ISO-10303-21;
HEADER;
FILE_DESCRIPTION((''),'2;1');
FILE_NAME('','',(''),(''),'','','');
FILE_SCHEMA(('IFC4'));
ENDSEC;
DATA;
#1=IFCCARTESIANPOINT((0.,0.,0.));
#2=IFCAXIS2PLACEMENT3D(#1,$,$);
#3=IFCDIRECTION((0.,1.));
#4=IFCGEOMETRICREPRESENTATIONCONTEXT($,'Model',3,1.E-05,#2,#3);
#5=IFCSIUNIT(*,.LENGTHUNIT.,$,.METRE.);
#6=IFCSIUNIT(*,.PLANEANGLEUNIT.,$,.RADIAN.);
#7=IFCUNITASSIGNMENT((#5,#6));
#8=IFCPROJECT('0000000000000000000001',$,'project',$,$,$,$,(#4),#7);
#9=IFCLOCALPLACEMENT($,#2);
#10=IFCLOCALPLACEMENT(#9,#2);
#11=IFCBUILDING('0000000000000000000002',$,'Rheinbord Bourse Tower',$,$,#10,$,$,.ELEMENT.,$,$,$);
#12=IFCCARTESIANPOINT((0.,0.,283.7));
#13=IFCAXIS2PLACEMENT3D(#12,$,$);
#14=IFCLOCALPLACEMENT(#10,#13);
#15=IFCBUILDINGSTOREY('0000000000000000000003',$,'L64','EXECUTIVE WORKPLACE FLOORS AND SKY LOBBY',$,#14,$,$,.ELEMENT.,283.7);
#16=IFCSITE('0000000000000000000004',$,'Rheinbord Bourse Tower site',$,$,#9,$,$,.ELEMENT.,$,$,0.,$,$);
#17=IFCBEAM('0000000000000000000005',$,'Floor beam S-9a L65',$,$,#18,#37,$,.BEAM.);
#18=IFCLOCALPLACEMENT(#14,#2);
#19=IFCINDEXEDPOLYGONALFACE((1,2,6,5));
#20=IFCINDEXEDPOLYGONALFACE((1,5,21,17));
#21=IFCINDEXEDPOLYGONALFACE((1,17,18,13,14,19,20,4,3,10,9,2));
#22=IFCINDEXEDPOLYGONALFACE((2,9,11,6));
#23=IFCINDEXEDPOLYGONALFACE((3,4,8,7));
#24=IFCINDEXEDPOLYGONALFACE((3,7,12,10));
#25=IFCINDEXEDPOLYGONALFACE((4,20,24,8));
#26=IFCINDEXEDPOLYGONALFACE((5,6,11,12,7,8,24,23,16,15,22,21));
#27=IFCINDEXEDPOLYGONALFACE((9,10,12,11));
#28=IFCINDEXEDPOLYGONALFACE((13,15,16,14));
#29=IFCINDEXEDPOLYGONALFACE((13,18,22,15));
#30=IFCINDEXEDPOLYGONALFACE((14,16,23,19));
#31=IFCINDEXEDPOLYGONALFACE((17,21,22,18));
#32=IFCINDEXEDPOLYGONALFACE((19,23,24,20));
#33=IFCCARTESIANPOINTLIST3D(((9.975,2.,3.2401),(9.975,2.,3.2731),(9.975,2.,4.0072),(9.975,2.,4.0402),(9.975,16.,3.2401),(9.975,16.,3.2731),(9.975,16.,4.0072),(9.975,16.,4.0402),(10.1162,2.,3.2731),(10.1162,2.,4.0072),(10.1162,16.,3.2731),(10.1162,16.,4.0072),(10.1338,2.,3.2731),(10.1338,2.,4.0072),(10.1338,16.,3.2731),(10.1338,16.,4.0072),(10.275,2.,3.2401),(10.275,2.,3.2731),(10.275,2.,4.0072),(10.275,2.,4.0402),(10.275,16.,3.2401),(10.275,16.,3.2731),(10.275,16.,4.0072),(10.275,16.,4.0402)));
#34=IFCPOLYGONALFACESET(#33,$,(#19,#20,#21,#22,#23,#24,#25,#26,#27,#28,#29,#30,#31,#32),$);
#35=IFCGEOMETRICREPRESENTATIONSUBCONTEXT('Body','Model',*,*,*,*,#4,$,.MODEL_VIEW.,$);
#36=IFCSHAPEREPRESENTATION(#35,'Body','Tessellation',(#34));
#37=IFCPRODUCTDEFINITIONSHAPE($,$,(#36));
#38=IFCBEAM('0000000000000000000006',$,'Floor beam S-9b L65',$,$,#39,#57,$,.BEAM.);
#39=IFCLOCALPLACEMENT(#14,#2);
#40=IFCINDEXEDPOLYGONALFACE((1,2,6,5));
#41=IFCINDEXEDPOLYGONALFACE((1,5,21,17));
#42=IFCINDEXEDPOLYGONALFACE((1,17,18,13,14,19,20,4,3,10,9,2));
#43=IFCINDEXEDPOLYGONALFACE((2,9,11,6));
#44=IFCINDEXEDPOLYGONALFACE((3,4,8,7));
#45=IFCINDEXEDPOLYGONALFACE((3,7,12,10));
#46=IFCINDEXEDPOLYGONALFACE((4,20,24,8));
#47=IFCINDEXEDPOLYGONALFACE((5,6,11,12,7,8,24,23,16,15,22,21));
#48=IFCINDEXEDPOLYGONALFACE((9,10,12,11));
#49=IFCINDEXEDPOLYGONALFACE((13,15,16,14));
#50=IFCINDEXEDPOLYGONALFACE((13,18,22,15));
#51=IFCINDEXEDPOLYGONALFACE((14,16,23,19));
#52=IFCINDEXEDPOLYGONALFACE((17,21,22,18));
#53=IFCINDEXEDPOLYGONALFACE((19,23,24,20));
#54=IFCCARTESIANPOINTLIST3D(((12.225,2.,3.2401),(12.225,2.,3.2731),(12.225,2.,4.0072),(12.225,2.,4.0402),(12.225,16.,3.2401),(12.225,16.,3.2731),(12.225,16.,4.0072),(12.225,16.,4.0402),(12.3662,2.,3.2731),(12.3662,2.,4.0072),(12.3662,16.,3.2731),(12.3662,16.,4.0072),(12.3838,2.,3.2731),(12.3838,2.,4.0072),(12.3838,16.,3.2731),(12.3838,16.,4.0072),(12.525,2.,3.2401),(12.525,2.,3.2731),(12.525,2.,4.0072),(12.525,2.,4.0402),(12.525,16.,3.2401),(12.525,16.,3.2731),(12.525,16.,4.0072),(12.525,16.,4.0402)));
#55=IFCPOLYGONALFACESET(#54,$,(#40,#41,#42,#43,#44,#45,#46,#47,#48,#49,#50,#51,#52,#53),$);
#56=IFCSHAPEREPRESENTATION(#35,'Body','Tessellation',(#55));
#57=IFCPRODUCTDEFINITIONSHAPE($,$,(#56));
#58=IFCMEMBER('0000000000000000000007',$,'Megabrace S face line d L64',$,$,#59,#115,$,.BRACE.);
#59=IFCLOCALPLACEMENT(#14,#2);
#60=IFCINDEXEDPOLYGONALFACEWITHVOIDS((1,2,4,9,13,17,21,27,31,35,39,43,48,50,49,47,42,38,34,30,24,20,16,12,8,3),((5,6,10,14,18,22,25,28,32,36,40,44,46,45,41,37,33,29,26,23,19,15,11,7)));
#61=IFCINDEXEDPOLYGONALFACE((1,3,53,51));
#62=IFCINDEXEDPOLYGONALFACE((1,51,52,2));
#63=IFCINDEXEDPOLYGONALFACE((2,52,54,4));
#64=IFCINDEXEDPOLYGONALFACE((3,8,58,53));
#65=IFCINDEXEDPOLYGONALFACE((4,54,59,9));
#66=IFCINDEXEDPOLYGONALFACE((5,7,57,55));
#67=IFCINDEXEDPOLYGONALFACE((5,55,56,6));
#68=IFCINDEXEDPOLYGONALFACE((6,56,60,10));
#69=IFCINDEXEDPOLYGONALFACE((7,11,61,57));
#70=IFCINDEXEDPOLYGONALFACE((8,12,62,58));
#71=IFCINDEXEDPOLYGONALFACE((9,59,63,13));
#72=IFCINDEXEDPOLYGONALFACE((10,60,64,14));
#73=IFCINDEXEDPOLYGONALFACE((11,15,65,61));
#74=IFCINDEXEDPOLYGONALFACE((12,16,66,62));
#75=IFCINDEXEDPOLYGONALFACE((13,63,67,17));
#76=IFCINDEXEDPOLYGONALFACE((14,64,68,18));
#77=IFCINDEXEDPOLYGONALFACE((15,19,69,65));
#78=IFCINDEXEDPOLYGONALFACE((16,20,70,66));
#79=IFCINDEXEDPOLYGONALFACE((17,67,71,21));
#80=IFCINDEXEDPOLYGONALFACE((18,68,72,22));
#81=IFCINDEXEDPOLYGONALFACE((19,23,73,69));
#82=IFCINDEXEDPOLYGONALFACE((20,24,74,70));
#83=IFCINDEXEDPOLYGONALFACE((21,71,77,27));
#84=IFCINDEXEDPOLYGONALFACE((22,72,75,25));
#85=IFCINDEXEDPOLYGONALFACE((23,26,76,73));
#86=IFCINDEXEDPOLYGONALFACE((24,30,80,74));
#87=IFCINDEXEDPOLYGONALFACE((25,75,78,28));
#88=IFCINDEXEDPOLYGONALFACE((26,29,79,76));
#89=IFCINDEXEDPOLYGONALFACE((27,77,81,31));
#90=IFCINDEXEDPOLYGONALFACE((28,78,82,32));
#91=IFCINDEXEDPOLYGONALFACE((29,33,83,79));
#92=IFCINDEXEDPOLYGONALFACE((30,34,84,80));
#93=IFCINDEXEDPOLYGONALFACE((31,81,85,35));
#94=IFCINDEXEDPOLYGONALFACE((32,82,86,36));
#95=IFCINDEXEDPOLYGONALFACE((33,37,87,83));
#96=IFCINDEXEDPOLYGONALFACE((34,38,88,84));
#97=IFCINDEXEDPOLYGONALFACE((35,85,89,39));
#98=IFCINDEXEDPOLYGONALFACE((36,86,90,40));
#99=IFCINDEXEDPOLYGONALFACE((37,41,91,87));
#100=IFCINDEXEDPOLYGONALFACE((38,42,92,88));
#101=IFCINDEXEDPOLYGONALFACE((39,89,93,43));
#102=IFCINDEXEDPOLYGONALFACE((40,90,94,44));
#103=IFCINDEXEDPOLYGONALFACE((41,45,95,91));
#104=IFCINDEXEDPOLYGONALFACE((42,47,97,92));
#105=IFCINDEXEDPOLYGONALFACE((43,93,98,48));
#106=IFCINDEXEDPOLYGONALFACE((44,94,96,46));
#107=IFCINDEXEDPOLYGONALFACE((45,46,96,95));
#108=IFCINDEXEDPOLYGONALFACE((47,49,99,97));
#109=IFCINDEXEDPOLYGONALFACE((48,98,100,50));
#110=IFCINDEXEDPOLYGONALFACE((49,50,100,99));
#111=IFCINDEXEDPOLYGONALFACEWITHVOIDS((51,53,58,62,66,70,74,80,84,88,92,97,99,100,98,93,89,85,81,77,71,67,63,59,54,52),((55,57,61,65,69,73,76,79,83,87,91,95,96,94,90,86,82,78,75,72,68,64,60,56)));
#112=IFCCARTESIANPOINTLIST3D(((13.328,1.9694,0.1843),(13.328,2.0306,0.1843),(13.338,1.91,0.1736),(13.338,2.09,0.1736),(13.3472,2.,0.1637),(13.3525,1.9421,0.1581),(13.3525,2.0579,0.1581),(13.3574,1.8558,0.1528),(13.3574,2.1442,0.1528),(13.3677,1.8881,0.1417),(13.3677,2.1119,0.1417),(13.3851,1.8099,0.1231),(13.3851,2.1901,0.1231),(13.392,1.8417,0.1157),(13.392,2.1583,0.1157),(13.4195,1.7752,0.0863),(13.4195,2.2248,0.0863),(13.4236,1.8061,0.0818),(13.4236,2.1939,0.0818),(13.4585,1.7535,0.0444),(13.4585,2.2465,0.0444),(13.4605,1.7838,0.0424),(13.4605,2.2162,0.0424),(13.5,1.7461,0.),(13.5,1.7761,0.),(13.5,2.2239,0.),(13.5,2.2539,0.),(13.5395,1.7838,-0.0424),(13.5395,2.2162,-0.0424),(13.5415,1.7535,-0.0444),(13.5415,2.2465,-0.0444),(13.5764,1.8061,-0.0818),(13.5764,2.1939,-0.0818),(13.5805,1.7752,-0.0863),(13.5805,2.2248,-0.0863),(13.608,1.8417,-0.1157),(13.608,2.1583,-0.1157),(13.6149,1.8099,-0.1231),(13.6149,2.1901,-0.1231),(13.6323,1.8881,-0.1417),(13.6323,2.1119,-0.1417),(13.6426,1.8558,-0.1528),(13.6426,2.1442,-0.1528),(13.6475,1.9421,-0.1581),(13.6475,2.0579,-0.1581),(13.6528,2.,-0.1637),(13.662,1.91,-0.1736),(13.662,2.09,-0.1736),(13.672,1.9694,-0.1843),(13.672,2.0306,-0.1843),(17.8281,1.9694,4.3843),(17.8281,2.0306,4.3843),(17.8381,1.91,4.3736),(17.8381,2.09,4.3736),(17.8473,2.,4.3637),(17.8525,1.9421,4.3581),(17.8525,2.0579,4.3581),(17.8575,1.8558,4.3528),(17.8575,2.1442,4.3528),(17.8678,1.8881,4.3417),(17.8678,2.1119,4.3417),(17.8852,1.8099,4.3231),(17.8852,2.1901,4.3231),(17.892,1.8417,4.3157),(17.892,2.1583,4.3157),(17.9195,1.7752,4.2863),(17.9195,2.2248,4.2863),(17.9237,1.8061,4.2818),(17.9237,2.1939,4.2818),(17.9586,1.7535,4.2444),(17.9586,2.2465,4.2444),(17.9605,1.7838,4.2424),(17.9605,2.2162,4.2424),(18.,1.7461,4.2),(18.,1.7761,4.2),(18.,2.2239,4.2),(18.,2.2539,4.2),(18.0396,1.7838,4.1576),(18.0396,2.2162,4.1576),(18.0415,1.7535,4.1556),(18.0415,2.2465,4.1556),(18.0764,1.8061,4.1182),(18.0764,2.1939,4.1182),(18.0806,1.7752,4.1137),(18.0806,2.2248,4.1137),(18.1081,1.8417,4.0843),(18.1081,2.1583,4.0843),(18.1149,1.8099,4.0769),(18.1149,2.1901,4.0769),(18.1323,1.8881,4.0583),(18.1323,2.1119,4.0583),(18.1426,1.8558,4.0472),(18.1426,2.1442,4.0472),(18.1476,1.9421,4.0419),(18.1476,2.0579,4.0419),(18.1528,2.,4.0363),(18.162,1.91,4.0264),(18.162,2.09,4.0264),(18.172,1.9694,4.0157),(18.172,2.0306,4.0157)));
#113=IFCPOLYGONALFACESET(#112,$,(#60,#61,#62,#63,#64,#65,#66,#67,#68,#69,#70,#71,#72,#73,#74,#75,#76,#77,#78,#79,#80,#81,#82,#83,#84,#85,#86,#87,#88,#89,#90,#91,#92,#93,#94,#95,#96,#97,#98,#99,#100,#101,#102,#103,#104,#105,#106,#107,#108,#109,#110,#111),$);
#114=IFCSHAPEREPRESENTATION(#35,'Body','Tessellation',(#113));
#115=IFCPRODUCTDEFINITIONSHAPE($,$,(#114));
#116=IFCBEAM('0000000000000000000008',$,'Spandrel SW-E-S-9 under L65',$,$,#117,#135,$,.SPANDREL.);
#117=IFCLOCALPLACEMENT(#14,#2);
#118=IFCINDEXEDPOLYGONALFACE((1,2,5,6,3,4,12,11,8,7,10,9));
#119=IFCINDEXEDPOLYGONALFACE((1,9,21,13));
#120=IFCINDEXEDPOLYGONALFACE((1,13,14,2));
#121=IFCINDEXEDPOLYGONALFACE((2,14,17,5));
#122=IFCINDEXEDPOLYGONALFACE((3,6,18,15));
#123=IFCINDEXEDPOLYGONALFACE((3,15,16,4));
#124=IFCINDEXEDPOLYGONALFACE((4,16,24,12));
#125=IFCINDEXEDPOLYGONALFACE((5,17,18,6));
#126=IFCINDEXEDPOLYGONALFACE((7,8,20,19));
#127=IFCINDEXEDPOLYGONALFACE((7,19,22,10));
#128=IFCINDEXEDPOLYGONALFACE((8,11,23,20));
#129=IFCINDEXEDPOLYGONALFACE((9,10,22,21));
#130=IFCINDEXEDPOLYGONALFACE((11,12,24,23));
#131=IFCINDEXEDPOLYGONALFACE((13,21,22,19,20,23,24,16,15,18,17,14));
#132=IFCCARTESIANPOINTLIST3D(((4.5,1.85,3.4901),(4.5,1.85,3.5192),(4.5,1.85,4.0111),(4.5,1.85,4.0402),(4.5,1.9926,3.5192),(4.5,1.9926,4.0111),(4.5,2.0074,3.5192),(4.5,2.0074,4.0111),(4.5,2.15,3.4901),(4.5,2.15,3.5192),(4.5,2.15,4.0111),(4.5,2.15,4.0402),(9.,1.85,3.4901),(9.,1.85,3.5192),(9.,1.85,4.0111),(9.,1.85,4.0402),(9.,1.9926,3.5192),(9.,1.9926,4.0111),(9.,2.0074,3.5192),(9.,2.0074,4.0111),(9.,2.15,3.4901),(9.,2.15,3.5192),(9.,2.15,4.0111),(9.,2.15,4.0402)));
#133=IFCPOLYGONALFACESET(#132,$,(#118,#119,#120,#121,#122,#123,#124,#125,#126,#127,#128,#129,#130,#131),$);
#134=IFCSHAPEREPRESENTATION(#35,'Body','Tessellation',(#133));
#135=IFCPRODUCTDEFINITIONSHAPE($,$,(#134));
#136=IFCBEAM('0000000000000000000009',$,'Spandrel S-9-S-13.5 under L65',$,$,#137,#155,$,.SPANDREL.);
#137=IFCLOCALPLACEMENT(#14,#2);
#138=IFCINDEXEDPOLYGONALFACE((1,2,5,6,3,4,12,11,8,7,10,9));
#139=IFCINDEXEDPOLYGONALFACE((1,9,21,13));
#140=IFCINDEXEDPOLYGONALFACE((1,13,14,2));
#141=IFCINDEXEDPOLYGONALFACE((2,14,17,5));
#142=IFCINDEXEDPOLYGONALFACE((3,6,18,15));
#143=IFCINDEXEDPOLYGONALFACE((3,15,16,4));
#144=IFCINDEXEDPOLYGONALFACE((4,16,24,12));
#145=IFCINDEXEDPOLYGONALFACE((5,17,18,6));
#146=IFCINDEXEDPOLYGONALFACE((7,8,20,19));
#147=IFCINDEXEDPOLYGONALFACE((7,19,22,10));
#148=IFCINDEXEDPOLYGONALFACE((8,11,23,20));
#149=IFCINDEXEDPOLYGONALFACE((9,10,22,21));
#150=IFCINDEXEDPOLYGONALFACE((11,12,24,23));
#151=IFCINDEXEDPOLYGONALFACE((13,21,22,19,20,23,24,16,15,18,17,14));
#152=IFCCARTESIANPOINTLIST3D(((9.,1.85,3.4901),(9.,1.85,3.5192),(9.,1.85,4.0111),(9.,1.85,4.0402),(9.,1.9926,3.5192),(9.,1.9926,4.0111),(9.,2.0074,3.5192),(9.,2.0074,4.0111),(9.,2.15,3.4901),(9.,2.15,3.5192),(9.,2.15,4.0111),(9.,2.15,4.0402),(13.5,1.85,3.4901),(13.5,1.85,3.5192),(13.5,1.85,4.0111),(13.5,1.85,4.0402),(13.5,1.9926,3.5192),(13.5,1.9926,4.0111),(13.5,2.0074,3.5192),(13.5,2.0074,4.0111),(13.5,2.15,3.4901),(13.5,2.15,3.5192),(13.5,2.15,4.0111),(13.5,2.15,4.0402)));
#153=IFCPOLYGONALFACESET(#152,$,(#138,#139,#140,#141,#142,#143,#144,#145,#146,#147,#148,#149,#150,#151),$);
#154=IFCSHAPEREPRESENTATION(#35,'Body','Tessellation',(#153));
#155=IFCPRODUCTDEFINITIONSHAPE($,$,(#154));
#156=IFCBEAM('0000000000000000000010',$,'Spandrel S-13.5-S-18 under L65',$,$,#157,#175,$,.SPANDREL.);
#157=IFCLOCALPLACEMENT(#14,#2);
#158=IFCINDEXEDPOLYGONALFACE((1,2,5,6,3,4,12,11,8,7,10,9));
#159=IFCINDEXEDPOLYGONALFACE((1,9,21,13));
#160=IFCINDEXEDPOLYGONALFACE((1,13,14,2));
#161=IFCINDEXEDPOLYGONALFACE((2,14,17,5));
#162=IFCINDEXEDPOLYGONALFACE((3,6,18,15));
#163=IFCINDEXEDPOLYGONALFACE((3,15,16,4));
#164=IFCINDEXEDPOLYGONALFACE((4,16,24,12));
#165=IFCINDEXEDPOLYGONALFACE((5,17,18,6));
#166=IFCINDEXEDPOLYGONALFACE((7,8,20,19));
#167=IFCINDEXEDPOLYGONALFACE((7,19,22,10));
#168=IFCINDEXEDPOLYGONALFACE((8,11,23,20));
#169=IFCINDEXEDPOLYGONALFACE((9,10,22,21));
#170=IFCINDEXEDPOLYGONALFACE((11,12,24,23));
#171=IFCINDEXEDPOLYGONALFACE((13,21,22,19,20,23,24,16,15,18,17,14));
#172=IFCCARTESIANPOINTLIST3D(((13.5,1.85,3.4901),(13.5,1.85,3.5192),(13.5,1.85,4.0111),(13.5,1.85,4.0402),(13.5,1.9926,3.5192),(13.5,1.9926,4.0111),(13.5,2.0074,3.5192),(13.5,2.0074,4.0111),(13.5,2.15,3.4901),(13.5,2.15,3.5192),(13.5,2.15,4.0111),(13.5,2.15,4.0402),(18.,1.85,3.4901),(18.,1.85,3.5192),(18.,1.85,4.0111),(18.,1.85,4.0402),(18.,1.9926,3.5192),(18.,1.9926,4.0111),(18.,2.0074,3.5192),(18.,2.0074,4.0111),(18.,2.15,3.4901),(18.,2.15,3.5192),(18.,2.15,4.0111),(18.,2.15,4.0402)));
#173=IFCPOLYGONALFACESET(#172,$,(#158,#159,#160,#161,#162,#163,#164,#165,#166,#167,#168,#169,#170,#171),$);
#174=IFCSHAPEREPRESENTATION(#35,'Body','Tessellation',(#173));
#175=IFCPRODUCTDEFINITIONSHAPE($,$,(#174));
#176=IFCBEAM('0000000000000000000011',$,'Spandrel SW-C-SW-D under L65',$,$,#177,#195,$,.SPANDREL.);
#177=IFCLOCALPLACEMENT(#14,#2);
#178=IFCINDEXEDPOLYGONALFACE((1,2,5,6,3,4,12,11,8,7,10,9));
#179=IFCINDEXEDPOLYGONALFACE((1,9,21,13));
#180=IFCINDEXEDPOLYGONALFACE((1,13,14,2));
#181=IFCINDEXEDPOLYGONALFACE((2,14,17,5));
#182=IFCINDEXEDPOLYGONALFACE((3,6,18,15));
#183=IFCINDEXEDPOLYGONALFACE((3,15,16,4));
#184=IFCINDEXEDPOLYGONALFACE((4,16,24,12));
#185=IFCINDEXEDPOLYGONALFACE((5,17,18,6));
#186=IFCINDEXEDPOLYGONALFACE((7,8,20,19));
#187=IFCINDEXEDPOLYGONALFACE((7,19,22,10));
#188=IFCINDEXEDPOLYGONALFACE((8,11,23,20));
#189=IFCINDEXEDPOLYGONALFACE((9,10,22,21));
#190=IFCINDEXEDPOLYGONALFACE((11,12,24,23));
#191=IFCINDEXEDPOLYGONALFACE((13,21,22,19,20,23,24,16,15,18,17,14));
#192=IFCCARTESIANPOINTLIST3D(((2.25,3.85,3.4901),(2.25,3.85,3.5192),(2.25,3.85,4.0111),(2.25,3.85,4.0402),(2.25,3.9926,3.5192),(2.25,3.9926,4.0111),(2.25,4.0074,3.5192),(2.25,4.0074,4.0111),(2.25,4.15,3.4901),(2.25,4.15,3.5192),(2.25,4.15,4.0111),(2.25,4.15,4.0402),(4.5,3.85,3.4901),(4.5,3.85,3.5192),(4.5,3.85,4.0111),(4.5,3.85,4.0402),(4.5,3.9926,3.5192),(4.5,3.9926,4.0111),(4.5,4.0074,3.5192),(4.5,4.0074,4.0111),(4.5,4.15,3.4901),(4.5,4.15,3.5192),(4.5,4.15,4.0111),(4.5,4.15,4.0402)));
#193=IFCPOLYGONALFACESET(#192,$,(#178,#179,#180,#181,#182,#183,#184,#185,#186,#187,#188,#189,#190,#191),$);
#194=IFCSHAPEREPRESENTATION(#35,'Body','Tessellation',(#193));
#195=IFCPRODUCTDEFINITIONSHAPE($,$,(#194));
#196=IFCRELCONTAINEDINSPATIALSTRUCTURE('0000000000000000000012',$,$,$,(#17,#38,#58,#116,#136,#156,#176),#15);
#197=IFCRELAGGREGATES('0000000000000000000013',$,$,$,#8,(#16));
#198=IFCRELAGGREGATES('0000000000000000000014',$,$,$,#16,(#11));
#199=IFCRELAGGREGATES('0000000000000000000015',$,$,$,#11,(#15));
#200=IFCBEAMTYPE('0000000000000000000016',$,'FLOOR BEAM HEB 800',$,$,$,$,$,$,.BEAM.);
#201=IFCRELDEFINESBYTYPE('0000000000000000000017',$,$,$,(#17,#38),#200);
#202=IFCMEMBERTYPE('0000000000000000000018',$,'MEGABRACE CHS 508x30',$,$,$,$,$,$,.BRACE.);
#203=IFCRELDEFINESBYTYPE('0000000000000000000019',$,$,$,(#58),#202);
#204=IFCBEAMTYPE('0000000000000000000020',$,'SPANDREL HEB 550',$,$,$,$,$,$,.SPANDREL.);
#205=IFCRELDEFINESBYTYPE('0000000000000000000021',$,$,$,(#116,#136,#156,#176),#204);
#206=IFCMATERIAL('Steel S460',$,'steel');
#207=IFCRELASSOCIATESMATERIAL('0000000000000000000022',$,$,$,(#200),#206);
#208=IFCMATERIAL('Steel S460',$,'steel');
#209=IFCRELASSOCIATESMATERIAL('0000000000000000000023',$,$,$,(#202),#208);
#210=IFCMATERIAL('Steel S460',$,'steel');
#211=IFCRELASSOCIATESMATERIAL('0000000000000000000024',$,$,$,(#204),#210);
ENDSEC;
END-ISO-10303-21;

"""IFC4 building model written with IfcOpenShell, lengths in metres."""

from ifc_helpers import new_model, si_unit, direction, frame, origin, origin_2d, place, context, subcontext, project, spatial, hollow_circle, i_section, extrude, material, material_profile, profile_set, type_object, element, save


model = new_model("IFC4")

# Units and contexts
model_context = context("Model", 3, precision=1e-05, world=origin(), true_north=direction((0.0, 1.0)))
body_context = subcontext(model_context, "Body", "Model", "MODEL_VIEW")
ifc_project = project(units=[si_unit("LENGTHUNIT", "METRE"), si_unit("PLANEANGLEUNIT", "RADIAN")], contexts=[model_context])

# Site, building, storey
site_placement = place(None, origin())
site = spatial("IfcSite", under=ifc_project, at=site_placement, Name="Rheinbord Bourse Tower site", CompositionType="ELEMENT", RefElevation=0.0)
building_placement = place(site_placement, origin())
building = spatial("IfcBuilding", under=site, at=building_placement, Name="Rheinbord Bourse Tower", CompositionType="ELEMENT")
storey_placement = place(building_placement, frame((0.0, 0.0, 283.7)))
storey = spatial("IfcBuildingStorey", under=building, at=storey_placement, Name="L64", Description="EXECUTIVE WORKPLACE FLOORS AND SKY LOBBY", CompositionType="ELEMENT", Elevation=283.7)

# Beams
ifc_material_1 = material(Name="Steel S460", Category="steel")
ifc_material_profile_1 = material_profile(ifc_material_1, i_section(OverallWidth=0.3, OverallDepth=0.8, WebThickness=0.0176, FlangeThickness=0.033, at=origin_2d()), Name="HEB 800")
ifc_profile_set_1 = profile_set([ifc_material_profile_1], Name="Steel S460")
beam_type_1 = type_object("IfcBeamType", Name="FLOOR BEAM HEB 800", PredefinedType="BEAM", material=ifc_profile_set_1)
for number, where, z_axis, x_axis, name in (
    (1, (10.125, 2.0, 3.6401), (0.0, 1.0, 0.0), (-1.0, 0.0, 0.0), "Floor beam S-9a L65"),
    (2, (12.375, 2.0, 3.6401), (0.0, 1.0, 0.0), (-1.0, 0.0, 0.0), "Floor beam S-9b L65"),
):
    element("IfcBeam", number, at=place(storey_placement, frame(where, z_axis=z_axis, x_axis=x_axis)), inside=storey, type_object=beam_type_1, Name=name, PredefinedType="BEAM", context=body_context, shape_type="SweptSolid", body=[
        extrude(i_section(OverallWidth=0.3, OverallDepth=0.8, WebThickness=0.0176, FlangeThickness=0.033, at=origin_2d()), origin(), (0.0, 0.0, 1.0), 14.0),
    ])

# Member
ifc_material_2 = material(Name="Steel S460", Category="steel")
ifc_material_profile_2 = material_profile(ifc_material_2, hollow_circle(Radius=0.2539, WallThickness=0.03, at=origin_2d()), Name="CHS 508x30")
ifc_profile_set_2 = profile_set([ifc_material_profile_2], Name="Steel S460")
member_type_1 = type_object("IfcMemberType", Name="MEGABRACE CHS 508x30", PredefinedType="BRACE", material=ifc_profile_set_2)
member_1_placement = place(storey_placement, frame((13.5, 2.0, 0.0), z_axis=(0.731059, 0.0, 0.682314), x_axis=(0.0, 1.0, 0.0)))
element("IfcMember", 3, at=member_1_placement, inside=storey, type_object=member_type_1, Name="Megabrace S face line d L64", PredefinedType="BRACE", context=body_context, shape_type="SweptSolid", body=[
    extrude(hollow_circle(Radius=0.2539, WallThickness=0.03, at=origin_2d()), origin(), (0.0, 0.0, 1.0), 6.1555),
])

# Beams
ifc_material_3 = material(Name="Steel S460", Category="steel")
ifc_material_profile_3 = material_profile(ifc_material_3, i_section(OverallWidth=0.3, OverallDepth=0.55, WebThickness=0.0149, FlangeThickness=0.0291, at=origin_2d()), Name="HEB 550")
ifc_profile_set_3 = profile_set([ifc_material_profile_3], Name="Steel S460")
beam_type_2 = type_object("IfcBeamType", Name="SPANDREL HEB 550", PredefinedType="SPANDREL", material=ifc_profile_set_3)
for number, where, z_axis, x_axis, name in (
    (4, (4.5, 2.0, 3.7651), (1.0, 0.0, 0.0), (0.0, 1.0, 0.0), "Spandrel SW-E-S-9 under L65"),
    (5, (9.0, 2.0, 3.7651), (1.0, 0.0, 0.0), (0.0, 1.0, 0.0), "Spandrel S-9-S-13.5 under L65"),
    (6, (13.5, 2.0, 3.7651), (1.0, 0.0, 0.0), (0.0, 1.0, 0.0), "Spandrel S-13.5-S-18 under L65"),
):
    element("IfcBeam", number, at=place(storey_placement, frame(where, z_axis=z_axis, x_axis=x_axis)), inside=storey, type_object=beam_type_2, Name=name, PredefinedType="SPANDREL", context=body_context, shape_type="SweptSolid", body=[
        extrude(i_section(OverallWidth=0.3, OverallDepth=0.55, WebThickness=0.0149, FlangeThickness=0.0291, at=origin_2d()), origin(), (0.0, 0.0, 1.0), 4.5),
    ])
beam_1_placement = place(storey_placement, frame((2.25, 4.0, 3.7651), z_axis=(1.0, 0.0, 0.0), x_axis=(0.0, 1.0, 0.0)))
element("IfcBeam", 7, at=beam_1_placement, inside=storey, type_object=beam_type_2, Name="Spandrel SW-C-SW-D under L65", PredefinedType="SPANDREL", context=body_context, shape_type="SweptSolid", body=[
    extrude(i_section(OverallWidth=0.3, OverallDepth=0.55, WebThickness=0.0149, FlangeThickness=0.0291, at=origin_2d()), origin(), (0.0, 0.0, 1.0), 2.25),
])

save(model, "model.ifc")
